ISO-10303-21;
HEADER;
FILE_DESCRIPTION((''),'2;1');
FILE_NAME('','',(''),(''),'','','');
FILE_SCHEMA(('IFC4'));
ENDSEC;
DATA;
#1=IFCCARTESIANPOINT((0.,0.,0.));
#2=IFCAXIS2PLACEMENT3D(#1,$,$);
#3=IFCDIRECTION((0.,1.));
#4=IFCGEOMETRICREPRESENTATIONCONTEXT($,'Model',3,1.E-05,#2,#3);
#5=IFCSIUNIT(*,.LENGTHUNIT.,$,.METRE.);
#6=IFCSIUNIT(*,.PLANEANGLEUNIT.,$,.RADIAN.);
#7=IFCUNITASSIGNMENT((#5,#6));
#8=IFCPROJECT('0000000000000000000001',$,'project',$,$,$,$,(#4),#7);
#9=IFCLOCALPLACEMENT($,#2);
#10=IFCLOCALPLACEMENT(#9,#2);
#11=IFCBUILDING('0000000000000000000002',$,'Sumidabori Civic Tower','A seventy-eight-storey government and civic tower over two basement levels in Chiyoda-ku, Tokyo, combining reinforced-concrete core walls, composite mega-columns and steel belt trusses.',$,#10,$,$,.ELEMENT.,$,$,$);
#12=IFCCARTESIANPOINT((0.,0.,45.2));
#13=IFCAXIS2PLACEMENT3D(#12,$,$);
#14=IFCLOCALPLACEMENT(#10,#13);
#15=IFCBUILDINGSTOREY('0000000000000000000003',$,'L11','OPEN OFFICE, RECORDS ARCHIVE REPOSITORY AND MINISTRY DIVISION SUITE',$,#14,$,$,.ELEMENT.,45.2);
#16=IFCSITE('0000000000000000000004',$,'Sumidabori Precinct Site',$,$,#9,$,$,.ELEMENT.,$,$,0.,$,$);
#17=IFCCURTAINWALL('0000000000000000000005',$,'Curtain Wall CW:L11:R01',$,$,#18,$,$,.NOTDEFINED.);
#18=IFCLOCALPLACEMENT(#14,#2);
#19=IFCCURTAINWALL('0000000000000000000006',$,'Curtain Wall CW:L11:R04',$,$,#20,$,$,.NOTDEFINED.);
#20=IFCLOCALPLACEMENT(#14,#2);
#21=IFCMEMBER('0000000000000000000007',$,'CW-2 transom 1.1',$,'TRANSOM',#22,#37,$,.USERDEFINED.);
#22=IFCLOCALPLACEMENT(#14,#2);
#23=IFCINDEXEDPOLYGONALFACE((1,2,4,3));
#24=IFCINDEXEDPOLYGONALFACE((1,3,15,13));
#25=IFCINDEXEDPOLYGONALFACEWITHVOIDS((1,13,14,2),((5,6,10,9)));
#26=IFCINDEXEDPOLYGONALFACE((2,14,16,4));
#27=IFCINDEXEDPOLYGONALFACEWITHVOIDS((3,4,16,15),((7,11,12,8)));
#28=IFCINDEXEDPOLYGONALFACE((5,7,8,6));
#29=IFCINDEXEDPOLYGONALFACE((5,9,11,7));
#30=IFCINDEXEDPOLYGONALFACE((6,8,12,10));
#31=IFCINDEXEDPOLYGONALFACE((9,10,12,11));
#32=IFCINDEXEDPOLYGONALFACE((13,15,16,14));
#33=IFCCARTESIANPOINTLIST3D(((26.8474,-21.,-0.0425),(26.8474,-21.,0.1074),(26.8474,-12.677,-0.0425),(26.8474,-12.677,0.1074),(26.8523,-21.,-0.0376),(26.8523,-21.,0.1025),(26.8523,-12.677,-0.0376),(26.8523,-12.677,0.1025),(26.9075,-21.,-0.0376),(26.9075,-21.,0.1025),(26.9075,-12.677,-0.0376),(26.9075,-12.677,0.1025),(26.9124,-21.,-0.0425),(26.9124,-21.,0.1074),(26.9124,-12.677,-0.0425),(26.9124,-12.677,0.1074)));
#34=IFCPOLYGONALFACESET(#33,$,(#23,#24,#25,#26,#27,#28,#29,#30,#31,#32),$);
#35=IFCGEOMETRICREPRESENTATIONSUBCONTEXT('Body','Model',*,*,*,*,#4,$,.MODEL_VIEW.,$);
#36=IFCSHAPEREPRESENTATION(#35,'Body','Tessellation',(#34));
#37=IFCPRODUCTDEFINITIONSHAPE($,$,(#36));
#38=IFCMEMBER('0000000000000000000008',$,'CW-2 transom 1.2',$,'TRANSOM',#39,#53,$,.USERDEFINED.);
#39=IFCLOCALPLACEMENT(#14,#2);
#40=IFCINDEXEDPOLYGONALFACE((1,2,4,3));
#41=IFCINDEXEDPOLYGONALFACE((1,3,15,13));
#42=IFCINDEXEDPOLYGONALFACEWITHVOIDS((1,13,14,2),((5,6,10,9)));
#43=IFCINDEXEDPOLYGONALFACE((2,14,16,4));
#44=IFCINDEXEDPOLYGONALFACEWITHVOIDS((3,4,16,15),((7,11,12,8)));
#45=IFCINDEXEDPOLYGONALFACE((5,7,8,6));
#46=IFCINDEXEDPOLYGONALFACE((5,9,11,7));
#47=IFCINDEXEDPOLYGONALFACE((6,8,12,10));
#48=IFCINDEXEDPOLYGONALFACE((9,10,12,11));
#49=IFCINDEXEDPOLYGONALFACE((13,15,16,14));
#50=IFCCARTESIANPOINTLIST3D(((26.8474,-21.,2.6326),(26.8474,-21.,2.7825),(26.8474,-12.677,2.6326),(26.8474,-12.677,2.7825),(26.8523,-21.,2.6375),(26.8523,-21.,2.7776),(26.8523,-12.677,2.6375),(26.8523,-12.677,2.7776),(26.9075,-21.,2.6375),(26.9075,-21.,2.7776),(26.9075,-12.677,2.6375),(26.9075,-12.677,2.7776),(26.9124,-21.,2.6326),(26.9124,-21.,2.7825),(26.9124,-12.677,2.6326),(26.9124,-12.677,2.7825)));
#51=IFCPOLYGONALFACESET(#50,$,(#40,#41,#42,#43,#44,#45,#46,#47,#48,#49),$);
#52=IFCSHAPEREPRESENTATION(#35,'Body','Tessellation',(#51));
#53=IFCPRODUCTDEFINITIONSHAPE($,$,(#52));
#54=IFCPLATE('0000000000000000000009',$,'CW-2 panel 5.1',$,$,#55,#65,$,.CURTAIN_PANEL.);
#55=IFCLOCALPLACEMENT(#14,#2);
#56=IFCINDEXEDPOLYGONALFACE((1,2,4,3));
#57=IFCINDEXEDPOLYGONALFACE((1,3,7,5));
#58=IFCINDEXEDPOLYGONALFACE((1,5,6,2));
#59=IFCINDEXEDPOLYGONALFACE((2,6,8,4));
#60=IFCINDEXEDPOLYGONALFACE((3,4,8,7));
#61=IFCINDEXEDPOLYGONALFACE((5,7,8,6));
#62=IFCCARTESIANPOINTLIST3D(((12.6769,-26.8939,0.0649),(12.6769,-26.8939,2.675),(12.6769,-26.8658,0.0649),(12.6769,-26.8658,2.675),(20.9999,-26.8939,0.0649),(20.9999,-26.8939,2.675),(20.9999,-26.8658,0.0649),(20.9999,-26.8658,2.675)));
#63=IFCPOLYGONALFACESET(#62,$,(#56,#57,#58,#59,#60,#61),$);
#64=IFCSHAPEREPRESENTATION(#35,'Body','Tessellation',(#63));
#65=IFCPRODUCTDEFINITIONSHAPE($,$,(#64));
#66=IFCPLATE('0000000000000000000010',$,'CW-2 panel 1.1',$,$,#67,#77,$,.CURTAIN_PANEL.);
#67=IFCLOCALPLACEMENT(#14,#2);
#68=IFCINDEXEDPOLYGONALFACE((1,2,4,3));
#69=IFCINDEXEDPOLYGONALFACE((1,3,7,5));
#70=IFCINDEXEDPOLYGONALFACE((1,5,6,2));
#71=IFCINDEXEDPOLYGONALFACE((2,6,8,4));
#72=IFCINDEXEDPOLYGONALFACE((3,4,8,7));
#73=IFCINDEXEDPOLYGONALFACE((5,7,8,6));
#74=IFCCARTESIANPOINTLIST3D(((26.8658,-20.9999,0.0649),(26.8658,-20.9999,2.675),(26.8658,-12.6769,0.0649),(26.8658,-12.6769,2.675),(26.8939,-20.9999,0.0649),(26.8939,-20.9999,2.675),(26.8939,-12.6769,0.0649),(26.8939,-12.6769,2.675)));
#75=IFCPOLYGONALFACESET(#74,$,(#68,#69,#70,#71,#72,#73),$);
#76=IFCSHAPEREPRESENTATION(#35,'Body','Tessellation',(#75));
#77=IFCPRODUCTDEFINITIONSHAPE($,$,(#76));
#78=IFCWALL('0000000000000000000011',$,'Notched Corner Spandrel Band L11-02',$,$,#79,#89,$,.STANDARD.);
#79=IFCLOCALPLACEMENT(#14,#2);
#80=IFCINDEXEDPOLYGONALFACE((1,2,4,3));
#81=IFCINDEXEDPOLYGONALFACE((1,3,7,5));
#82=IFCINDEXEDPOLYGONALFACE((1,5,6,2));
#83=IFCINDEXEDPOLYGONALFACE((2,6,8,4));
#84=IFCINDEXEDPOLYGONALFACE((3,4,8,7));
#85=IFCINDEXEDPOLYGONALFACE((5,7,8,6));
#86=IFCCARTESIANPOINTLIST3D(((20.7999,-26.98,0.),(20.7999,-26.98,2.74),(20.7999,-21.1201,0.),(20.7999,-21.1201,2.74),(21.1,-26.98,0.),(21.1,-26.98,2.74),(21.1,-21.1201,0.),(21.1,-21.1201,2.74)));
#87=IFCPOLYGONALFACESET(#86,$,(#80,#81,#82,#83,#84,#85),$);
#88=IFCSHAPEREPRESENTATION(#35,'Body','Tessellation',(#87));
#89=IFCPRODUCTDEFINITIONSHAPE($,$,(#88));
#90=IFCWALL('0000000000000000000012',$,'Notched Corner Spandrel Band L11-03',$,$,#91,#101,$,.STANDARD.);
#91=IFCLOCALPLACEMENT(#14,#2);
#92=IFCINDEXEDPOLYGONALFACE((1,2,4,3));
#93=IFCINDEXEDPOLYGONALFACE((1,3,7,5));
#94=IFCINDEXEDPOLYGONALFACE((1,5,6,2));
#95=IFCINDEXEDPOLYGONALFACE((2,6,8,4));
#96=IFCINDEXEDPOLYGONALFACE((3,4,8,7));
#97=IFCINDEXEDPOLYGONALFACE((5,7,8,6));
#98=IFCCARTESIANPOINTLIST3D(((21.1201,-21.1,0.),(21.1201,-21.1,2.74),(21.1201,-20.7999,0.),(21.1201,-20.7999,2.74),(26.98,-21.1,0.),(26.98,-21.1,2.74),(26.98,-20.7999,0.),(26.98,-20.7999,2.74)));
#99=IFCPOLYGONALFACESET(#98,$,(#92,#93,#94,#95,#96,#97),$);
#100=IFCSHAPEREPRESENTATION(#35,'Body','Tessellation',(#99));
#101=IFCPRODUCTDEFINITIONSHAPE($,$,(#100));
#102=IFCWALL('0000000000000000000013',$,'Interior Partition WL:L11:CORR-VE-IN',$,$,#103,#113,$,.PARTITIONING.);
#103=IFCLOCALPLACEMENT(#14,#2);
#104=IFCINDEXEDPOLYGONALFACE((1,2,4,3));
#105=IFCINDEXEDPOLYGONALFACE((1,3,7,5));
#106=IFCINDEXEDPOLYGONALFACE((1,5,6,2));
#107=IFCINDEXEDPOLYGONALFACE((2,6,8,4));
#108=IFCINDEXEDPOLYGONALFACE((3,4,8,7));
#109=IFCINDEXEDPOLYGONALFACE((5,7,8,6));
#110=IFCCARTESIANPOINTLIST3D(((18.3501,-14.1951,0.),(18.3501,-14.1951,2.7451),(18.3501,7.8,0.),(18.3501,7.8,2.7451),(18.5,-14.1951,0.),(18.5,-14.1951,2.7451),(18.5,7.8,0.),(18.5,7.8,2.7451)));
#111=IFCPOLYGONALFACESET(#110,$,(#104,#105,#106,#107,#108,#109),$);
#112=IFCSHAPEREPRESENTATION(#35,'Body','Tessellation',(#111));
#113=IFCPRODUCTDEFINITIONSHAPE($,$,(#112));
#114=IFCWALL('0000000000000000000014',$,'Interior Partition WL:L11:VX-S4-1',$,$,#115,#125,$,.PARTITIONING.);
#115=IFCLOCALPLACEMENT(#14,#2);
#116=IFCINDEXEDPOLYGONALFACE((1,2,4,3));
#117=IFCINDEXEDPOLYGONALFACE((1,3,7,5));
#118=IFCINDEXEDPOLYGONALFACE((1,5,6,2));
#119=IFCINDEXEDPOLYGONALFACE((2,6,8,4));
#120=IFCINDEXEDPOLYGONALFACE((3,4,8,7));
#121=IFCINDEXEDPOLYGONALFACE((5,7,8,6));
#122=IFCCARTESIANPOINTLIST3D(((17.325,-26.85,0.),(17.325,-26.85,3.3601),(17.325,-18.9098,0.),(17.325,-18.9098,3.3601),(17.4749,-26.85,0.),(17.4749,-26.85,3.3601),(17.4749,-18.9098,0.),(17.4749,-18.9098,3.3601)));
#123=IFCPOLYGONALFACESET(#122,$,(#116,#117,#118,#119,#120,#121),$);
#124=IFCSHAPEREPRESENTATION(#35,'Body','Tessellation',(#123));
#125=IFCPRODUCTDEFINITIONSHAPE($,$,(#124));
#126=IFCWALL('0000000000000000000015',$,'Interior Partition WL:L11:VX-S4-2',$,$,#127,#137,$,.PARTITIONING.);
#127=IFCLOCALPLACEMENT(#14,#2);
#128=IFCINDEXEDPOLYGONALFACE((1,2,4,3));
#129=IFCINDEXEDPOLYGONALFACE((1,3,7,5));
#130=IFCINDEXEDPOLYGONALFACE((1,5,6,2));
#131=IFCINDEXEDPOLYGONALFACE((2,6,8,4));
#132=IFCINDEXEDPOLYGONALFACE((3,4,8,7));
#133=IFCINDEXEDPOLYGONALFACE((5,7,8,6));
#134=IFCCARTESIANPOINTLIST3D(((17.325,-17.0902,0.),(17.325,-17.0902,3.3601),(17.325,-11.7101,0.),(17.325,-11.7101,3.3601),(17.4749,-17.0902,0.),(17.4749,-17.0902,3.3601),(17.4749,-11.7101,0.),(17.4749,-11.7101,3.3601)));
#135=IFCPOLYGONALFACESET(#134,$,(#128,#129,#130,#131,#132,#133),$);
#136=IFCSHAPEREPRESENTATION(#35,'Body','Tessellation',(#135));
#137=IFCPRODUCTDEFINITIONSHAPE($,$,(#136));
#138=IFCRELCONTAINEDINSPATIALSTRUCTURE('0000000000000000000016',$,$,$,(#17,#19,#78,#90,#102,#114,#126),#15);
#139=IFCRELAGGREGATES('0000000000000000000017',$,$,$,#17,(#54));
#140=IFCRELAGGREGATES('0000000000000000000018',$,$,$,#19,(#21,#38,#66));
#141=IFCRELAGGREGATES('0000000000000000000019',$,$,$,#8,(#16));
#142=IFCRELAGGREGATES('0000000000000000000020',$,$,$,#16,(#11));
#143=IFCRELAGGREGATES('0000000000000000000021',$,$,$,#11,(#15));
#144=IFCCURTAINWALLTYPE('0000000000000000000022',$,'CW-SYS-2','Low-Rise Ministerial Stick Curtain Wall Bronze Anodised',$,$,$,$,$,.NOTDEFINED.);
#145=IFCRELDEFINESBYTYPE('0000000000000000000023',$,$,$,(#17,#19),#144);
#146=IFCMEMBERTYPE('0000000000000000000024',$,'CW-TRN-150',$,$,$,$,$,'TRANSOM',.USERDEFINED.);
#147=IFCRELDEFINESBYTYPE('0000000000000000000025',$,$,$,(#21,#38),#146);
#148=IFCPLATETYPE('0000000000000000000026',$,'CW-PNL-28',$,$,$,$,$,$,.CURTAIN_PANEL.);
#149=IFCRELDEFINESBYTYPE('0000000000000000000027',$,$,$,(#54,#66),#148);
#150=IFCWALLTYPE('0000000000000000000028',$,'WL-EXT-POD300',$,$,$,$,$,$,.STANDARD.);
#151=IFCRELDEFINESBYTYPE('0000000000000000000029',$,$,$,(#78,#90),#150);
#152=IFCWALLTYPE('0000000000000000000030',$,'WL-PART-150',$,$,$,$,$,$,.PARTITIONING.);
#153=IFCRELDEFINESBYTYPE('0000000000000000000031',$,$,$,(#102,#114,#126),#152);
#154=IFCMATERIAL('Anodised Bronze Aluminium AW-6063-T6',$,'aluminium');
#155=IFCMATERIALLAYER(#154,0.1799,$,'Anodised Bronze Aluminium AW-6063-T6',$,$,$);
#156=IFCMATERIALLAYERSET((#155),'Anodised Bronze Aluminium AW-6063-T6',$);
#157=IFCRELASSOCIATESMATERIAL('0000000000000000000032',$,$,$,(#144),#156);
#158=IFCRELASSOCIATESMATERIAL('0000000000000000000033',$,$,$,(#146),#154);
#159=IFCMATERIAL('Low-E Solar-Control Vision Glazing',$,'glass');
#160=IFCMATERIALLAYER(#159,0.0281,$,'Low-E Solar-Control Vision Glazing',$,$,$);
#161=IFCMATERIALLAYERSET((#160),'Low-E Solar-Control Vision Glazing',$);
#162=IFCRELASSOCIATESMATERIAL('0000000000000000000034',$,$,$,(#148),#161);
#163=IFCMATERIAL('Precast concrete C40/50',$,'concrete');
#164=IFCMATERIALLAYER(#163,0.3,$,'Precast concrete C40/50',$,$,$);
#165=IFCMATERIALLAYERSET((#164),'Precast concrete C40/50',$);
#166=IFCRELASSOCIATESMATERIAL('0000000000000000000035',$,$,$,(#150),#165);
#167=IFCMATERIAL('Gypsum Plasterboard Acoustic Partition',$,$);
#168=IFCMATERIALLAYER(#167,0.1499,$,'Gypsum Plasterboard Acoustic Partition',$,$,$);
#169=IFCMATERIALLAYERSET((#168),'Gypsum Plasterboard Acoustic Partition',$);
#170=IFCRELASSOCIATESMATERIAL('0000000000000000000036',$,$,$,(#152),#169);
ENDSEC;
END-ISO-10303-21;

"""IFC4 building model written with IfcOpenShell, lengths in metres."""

from ifc_helpers import new_model, si_unit, direction, frame, frame_2d, origin, origin_2d, place, context, subcontext, project, spatial, rectangle, hollow_rectangle, extrude, source, transform, mapped, material, layer, layer_set, material_profile, profile_set, type_object, element, aggregate, save


model = new_model("IFC4")

# Units and contexts
model_context = context("Model", 3, precision=1e-05, world=origin(), true_north=direction((0.0, 1.0)))
body_context = subcontext(model_context, "Body", "Model", "MODEL_VIEW")
ifc_project = project(units=[si_unit("LENGTHUNIT", "METRE"), si_unit("PLANEANGLEUNIT", "RADIAN")], contexts=[model_context])

# Site, building, storey
site_placement = place(None, origin())
site = spatial("IfcSite", under=ifc_project, at=site_placement, Name="Sumidabori Precinct Site", CompositionType="ELEMENT", RefElevation=0.0)
building_placement = place(site_placement, origin())
building = spatial("IfcBuilding", under=site, at=building_placement, Name="Sumidabori Civic Tower", Description="A seventy-eight-storey government and civic tower over two basement levels in Chiyoda-ku, Tokyo, combining reinforced-concrete core walls, composite mega-columns and steel belt trusses.", CompositionType="ELEMENT")
storey_placement = place(building_placement, frame((0.0, 0.0, 45.2)))
storey = spatial("IfcBuildingStorey", under=building, at=storey_placement, Name="L11", Description="OPEN OFFICE, RECORDS ARCHIVE REPOSITORY AND MINISTRY DIVISION SUITE", CompositionType="ELEMENT", Elevation=45.2)

# Curtain walls
ifc_material_1 = material(Name="Anodised Bronze Aluminium AW-6063-T6", Category="aluminium")
ifc_layer_1 = layer(ifc_material_1, 0.1799, Name="Anodised Bronze Aluminium AW-6063-T6")
ifc_layer_set_1 = layer_set([ifc_layer_1], Name="Anodised Bronze Aluminium AW-6063-T6")
curtain_wall_type = type_object("IfcCurtainWallType", Name="CW-SYS-2", Description="Low-Rise Ministerial Stick Curtain Wall Bronze Anodised", PredefinedType="NOTDEFINED", material=ifc_layer_set_1)
curtain_wall_1_placement = place(storey_placement, origin())
curtain_wall_1 = element("IfcCurtainWall", 1, at=curtain_wall_1_placement, inside=storey, type_object=curtain_wall_type, Name="Curtain Wall CW:L11:R01", PredefinedType="NOTDEFINED")
curtain_wall_2_placement = place(storey_placement, origin())
curtain_wall_2 = element("IfcCurtainWall", 2, at=curtain_wall_2_placement, inside=storey, type_object=curtain_wall_type, Name="Curtain Wall CW:L11:R04", PredefinedType="NOTDEFINED")

# Members
ifc_material_profile_1 = material_profile(ifc_material_1, hollow_rectangle(XDim=0.0649, YDim=0.1499, WallThickness=0.0049, at=origin_2d()), Name="ALU TRANSOM 150x65")
ifc_profile_set_1 = profile_set([ifc_material_profile_1], Name="Anodised Bronze Aluminium AW-6063-T6")
member_type_1 = type_object("IfcMemberType", Name="CW-TRN-150", ElementType="TRANSOM", PredefinedType="USERDEFINED", material=ifc_profile_set_1)
shared_shape_1 = source(origin(), body_context, "Body", "SweptSolid", [
    extrude(hollow_rectangle(XDim=0.0649, YDim=0.1499, WallThickness=0.0049, at=origin_2d()), origin(), (0.0, 0.0, 1.0), 8.323),
])
member_1_placement = place(storey_placement, frame((26.8799, -21.0, 0.0325), z_axis=(0.0, 1.0, 0.0), x_axis=(-1.0, 0.0, 0.0)))
member_1 = element("IfcMember", 3, at=member_1_placement, type_object=member_type_1, Name="CW-2 transom 1.1", ObjectType="TRANSOM", PredefinedType="USERDEFINED", context=body_context, shape_type="MappedRepresentation", body=[
    mapped(shared_shape_1, transform((0.0, 0.0, 0.0), x_axis=(1.0, 0.0, 0.0), y_axis=(0.0, 1.0, 0.0), z_axis=(0.0, 0.0, 1.0), scale=1.0)),
])
member_2_placement = place(storey_placement, frame((26.8799, -21.0, 2.7075), z_axis=(0.0, 1.0, 0.0), x_axis=(-1.0, 0.0, 0.0)))
member_2 = element("IfcMember", 4, at=member_2_placement, type_object=member_type_1, Name="CW-2 transom 1.2", ObjectType="TRANSOM", PredefinedType="USERDEFINED", context=body_context, shape_type="MappedRepresentation", body=[
    mapped(shared_shape_1, transform((0.0, 0.0, 0.0), x_axis=(1.0, 0.0, 0.0), y_axis=(0.0, 1.0, 0.0), z_axis=(0.0, 0.0, 1.0), scale=1.0)),
])

# Plates
ifc_material_2 = material(Name="Low-E Solar-Control Vision Glazing", Category="glass")
ifc_layer_2 = layer(ifc_material_2, 0.0281, Name="Low-E Solar-Control Vision Glazing")
ifc_layer_set_2 = layer_set([ifc_layer_2], Name="Low-E Solar-Control Vision Glazing")
plate_type = type_object("IfcPlateType", Name="CW-PNL-28", PredefinedType="CURTAIN_PANEL", material=ifc_layer_set_2)
shared_shape_2 = source(origin(), body_context, "Body", "SweptSolid", [
    extrude(rectangle(XDim=8.323, YDim=0.0281, at=origin_2d()), origin(), (0.0, 0.0, 1.0), 2.6101),
])
plate_1_placement = place(storey_placement, frame((16.8384, -26.8799, 0.0649), z_axis=(0.0, 0.0, 1.0), x_axis=(1.0, 0.0, 0.0)))
plate_1 = element("IfcPlate", 5, at=plate_1_placement, type_object=plate_type, Name="CW-2 panel 5.1", PredefinedType="CURTAIN_PANEL", context=body_context, shape_type="MappedRepresentation", body=[
    mapped(shared_shape_2, transform((0.0, 0.0, 0.0), x_axis=(1.0, 0.0, 0.0), y_axis=(0.0, 1.0, 0.0), z_axis=(0.0, 0.0, 1.0), scale=1.0)),
])
aggregate(curtain_wall_1, [plate_1])
plate_2_placement = place(storey_placement, frame((26.8799, -16.8384, 0.0649), z_axis=(0.0, 0.0, 1.0), x_axis=(0.0, 1.0, 0.0)))
plate_2 = element("IfcPlate", 6, at=plate_2_placement, type_object=plate_type, Name="CW-2 panel 1.1", PredefinedType="CURTAIN_PANEL", context=body_context, shape_type="MappedRepresentation", body=[
    mapped(shared_shape_2, transform((0.0, 0.0, 0.0), x_axis=(1.0, 0.0, 0.0), y_axis=(0.0, 1.0, 0.0), z_axis=(0.0, 0.0, 1.0), scale=1.0)),
])
aggregate(curtain_wall_2, [member_1, member_2, plate_2])

# Walls
ifc_material_3 = material(Name="Precast concrete C40/50", Category="concrete")
ifc_layer_3 = layer(ifc_material_3, 0.3, Name="Precast concrete C40/50")
ifc_layer_set_3 = layer_set([ifc_layer_3], Name="Precast concrete C40/50")
wall_type_1 = type_object("IfcWallType", Name="WL-EXT-POD300", PredefinedType="STANDARD", material=ifc_layer_set_3)
shared_shape_3 = source(origin(), body_context, "Body", "SweptSolid", [
    extrude(rectangle(XDim=5.8599, YDim=0.3, at=frame_2d((2.9299, 0.0))), origin(), (0.0, 0.0, 1.0), 2.74),
])
for number, where, z_axis, x_axis, name in (
    (7, (20.95, -26.98, 0.0), (0.0, 0.0, 1.0), (0.0, 1.0, 0.0), "Notched Corner Spandrel Band L11-02"),
    (8, (21.1201, -20.95, 0.0), (0.0, 0.0, 1.0), (1.0, 0.0, 0.0), "Notched Corner Spandrel Band L11-03"),
):
    element("IfcWall", number, at=place(storey_placement, frame(where, z_axis=z_axis, x_axis=x_axis)), inside=storey, type_object=wall_type_1, Name=name, PredefinedType="STANDARD", context=body_context, shape_type="MappedRepresentation", body=[
        mapped(shared_shape_3, transform((0.0, 0.0, 0.0), x_axis=(1.0, 0.0, 0.0), y_axis=(0.0, 1.0, 0.0), z_axis=(0.0, 0.0, 1.0), scale=1.0)),
    ])

# Shared definitions
ifc_material_4 = material(Name="Gypsum Plasterboard Acoustic Partition")
ifc_layer_4 = layer(ifc_material_4, 0.1499, Name="Gypsum Plasterboard Acoustic Partition")
ifc_layer_set_4 = layer_set([ifc_layer_4], Name="Gypsum Plasterboard Acoustic Partition")
wall_type_2 = type_object("IfcWallType", Name="WL-PART-150", PredefinedType="PARTITIONING", material=ifc_layer_set_4)

# Walls
shared_shape_4 = source(origin(), body_context, "Body", "SweptSolid", [
    extrude(rectangle(XDim=21.9951, YDim=0.1499, at=frame_2d((10.9976, 0.0))), origin(), (0.0, 0.0, 1.0), 2.7451),
])
wall_1_placement = place(storey_placement, frame((18.425, -14.1951, 0.0), z_axis=(0.0, 0.0, 1.0), x_axis=(0.0, 1.0, 0.0)))
element("IfcWall", 9, at=wall_1_placement, inside=storey, type_object=wall_type_2, Name="Interior Partition WL:L11:CORR-VE-IN", PredefinedType="PARTITIONING", context=body_context, shape_type="MappedRepresentation", body=[
    mapped(shared_shape_4, transform((0.0, 0.0, 0.0), x_axis=(1.0, 0.0, 0.0), y_axis=(0.0, 1.0, 0.0), z_axis=(0.0, 0.0, 1.0), scale=1.0)),
])
shared_shape_5 = source(origin(), body_context, "Body", "SweptSolid", [
    extrude(rectangle(XDim=7.9402, YDim=0.1499, at=frame_2d((3.9702, 0.0))), origin(), (0.0, 0.0, 1.0), 3.3601),
])
wall_2_placement = place(storey_placement, frame((17.3999, -26.8501, 0.0), z_axis=(0.0, 0.0, 1.0), x_axis=(0.0, 1.0, 0.0)))
element("IfcWall", 10, at=wall_2_placement, inside=storey, type_object=wall_type_2, Name="Interior Partition WL:L11:VX-S4-1", PredefinedType="PARTITIONING", context=body_context, shape_type="MappedRepresentation", body=[
    mapped(shared_shape_5, transform((0.0, 0.0, 0.0), x_axis=(1.0, 0.0, 0.0), y_axis=(0.0, 1.0, 0.0), z_axis=(0.0, 0.0, 1.0), scale=1.0)),
])
shared_shape_6 = source(origin(), body_context, "Body", "SweptSolid", [
    extrude(rectangle(XDim=5.3801, YDim=0.1499, at=frame_2d((2.6899, 0.0))), origin(), (0.0, 0.0, 1.0), 3.3601),
])
wall_3_placement = place(storey_placement, frame((17.3999, -17.0901, 0.0), z_axis=(0.0, 0.0, 1.0), x_axis=(0.0, 1.0, 0.0)))
element("IfcWall", 11, at=wall_3_placement, inside=storey, type_object=wall_type_2, Name="Interior Partition WL:L11:VX-S4-2", PredefinedType="PARTITIONING", context=body_context, shape_type="MappedRepresentation", body=[
    mapped(shared_shape_6, transform((0.0, 0.0, 0.0), x_axis=(1.0, 0.0, 0.0), y_axis=(0.0, 1.0, 0.0), z_axis=(0.0, 0.0, 1.0), scale=1.0)),
])

save(model, "model.ifc")
